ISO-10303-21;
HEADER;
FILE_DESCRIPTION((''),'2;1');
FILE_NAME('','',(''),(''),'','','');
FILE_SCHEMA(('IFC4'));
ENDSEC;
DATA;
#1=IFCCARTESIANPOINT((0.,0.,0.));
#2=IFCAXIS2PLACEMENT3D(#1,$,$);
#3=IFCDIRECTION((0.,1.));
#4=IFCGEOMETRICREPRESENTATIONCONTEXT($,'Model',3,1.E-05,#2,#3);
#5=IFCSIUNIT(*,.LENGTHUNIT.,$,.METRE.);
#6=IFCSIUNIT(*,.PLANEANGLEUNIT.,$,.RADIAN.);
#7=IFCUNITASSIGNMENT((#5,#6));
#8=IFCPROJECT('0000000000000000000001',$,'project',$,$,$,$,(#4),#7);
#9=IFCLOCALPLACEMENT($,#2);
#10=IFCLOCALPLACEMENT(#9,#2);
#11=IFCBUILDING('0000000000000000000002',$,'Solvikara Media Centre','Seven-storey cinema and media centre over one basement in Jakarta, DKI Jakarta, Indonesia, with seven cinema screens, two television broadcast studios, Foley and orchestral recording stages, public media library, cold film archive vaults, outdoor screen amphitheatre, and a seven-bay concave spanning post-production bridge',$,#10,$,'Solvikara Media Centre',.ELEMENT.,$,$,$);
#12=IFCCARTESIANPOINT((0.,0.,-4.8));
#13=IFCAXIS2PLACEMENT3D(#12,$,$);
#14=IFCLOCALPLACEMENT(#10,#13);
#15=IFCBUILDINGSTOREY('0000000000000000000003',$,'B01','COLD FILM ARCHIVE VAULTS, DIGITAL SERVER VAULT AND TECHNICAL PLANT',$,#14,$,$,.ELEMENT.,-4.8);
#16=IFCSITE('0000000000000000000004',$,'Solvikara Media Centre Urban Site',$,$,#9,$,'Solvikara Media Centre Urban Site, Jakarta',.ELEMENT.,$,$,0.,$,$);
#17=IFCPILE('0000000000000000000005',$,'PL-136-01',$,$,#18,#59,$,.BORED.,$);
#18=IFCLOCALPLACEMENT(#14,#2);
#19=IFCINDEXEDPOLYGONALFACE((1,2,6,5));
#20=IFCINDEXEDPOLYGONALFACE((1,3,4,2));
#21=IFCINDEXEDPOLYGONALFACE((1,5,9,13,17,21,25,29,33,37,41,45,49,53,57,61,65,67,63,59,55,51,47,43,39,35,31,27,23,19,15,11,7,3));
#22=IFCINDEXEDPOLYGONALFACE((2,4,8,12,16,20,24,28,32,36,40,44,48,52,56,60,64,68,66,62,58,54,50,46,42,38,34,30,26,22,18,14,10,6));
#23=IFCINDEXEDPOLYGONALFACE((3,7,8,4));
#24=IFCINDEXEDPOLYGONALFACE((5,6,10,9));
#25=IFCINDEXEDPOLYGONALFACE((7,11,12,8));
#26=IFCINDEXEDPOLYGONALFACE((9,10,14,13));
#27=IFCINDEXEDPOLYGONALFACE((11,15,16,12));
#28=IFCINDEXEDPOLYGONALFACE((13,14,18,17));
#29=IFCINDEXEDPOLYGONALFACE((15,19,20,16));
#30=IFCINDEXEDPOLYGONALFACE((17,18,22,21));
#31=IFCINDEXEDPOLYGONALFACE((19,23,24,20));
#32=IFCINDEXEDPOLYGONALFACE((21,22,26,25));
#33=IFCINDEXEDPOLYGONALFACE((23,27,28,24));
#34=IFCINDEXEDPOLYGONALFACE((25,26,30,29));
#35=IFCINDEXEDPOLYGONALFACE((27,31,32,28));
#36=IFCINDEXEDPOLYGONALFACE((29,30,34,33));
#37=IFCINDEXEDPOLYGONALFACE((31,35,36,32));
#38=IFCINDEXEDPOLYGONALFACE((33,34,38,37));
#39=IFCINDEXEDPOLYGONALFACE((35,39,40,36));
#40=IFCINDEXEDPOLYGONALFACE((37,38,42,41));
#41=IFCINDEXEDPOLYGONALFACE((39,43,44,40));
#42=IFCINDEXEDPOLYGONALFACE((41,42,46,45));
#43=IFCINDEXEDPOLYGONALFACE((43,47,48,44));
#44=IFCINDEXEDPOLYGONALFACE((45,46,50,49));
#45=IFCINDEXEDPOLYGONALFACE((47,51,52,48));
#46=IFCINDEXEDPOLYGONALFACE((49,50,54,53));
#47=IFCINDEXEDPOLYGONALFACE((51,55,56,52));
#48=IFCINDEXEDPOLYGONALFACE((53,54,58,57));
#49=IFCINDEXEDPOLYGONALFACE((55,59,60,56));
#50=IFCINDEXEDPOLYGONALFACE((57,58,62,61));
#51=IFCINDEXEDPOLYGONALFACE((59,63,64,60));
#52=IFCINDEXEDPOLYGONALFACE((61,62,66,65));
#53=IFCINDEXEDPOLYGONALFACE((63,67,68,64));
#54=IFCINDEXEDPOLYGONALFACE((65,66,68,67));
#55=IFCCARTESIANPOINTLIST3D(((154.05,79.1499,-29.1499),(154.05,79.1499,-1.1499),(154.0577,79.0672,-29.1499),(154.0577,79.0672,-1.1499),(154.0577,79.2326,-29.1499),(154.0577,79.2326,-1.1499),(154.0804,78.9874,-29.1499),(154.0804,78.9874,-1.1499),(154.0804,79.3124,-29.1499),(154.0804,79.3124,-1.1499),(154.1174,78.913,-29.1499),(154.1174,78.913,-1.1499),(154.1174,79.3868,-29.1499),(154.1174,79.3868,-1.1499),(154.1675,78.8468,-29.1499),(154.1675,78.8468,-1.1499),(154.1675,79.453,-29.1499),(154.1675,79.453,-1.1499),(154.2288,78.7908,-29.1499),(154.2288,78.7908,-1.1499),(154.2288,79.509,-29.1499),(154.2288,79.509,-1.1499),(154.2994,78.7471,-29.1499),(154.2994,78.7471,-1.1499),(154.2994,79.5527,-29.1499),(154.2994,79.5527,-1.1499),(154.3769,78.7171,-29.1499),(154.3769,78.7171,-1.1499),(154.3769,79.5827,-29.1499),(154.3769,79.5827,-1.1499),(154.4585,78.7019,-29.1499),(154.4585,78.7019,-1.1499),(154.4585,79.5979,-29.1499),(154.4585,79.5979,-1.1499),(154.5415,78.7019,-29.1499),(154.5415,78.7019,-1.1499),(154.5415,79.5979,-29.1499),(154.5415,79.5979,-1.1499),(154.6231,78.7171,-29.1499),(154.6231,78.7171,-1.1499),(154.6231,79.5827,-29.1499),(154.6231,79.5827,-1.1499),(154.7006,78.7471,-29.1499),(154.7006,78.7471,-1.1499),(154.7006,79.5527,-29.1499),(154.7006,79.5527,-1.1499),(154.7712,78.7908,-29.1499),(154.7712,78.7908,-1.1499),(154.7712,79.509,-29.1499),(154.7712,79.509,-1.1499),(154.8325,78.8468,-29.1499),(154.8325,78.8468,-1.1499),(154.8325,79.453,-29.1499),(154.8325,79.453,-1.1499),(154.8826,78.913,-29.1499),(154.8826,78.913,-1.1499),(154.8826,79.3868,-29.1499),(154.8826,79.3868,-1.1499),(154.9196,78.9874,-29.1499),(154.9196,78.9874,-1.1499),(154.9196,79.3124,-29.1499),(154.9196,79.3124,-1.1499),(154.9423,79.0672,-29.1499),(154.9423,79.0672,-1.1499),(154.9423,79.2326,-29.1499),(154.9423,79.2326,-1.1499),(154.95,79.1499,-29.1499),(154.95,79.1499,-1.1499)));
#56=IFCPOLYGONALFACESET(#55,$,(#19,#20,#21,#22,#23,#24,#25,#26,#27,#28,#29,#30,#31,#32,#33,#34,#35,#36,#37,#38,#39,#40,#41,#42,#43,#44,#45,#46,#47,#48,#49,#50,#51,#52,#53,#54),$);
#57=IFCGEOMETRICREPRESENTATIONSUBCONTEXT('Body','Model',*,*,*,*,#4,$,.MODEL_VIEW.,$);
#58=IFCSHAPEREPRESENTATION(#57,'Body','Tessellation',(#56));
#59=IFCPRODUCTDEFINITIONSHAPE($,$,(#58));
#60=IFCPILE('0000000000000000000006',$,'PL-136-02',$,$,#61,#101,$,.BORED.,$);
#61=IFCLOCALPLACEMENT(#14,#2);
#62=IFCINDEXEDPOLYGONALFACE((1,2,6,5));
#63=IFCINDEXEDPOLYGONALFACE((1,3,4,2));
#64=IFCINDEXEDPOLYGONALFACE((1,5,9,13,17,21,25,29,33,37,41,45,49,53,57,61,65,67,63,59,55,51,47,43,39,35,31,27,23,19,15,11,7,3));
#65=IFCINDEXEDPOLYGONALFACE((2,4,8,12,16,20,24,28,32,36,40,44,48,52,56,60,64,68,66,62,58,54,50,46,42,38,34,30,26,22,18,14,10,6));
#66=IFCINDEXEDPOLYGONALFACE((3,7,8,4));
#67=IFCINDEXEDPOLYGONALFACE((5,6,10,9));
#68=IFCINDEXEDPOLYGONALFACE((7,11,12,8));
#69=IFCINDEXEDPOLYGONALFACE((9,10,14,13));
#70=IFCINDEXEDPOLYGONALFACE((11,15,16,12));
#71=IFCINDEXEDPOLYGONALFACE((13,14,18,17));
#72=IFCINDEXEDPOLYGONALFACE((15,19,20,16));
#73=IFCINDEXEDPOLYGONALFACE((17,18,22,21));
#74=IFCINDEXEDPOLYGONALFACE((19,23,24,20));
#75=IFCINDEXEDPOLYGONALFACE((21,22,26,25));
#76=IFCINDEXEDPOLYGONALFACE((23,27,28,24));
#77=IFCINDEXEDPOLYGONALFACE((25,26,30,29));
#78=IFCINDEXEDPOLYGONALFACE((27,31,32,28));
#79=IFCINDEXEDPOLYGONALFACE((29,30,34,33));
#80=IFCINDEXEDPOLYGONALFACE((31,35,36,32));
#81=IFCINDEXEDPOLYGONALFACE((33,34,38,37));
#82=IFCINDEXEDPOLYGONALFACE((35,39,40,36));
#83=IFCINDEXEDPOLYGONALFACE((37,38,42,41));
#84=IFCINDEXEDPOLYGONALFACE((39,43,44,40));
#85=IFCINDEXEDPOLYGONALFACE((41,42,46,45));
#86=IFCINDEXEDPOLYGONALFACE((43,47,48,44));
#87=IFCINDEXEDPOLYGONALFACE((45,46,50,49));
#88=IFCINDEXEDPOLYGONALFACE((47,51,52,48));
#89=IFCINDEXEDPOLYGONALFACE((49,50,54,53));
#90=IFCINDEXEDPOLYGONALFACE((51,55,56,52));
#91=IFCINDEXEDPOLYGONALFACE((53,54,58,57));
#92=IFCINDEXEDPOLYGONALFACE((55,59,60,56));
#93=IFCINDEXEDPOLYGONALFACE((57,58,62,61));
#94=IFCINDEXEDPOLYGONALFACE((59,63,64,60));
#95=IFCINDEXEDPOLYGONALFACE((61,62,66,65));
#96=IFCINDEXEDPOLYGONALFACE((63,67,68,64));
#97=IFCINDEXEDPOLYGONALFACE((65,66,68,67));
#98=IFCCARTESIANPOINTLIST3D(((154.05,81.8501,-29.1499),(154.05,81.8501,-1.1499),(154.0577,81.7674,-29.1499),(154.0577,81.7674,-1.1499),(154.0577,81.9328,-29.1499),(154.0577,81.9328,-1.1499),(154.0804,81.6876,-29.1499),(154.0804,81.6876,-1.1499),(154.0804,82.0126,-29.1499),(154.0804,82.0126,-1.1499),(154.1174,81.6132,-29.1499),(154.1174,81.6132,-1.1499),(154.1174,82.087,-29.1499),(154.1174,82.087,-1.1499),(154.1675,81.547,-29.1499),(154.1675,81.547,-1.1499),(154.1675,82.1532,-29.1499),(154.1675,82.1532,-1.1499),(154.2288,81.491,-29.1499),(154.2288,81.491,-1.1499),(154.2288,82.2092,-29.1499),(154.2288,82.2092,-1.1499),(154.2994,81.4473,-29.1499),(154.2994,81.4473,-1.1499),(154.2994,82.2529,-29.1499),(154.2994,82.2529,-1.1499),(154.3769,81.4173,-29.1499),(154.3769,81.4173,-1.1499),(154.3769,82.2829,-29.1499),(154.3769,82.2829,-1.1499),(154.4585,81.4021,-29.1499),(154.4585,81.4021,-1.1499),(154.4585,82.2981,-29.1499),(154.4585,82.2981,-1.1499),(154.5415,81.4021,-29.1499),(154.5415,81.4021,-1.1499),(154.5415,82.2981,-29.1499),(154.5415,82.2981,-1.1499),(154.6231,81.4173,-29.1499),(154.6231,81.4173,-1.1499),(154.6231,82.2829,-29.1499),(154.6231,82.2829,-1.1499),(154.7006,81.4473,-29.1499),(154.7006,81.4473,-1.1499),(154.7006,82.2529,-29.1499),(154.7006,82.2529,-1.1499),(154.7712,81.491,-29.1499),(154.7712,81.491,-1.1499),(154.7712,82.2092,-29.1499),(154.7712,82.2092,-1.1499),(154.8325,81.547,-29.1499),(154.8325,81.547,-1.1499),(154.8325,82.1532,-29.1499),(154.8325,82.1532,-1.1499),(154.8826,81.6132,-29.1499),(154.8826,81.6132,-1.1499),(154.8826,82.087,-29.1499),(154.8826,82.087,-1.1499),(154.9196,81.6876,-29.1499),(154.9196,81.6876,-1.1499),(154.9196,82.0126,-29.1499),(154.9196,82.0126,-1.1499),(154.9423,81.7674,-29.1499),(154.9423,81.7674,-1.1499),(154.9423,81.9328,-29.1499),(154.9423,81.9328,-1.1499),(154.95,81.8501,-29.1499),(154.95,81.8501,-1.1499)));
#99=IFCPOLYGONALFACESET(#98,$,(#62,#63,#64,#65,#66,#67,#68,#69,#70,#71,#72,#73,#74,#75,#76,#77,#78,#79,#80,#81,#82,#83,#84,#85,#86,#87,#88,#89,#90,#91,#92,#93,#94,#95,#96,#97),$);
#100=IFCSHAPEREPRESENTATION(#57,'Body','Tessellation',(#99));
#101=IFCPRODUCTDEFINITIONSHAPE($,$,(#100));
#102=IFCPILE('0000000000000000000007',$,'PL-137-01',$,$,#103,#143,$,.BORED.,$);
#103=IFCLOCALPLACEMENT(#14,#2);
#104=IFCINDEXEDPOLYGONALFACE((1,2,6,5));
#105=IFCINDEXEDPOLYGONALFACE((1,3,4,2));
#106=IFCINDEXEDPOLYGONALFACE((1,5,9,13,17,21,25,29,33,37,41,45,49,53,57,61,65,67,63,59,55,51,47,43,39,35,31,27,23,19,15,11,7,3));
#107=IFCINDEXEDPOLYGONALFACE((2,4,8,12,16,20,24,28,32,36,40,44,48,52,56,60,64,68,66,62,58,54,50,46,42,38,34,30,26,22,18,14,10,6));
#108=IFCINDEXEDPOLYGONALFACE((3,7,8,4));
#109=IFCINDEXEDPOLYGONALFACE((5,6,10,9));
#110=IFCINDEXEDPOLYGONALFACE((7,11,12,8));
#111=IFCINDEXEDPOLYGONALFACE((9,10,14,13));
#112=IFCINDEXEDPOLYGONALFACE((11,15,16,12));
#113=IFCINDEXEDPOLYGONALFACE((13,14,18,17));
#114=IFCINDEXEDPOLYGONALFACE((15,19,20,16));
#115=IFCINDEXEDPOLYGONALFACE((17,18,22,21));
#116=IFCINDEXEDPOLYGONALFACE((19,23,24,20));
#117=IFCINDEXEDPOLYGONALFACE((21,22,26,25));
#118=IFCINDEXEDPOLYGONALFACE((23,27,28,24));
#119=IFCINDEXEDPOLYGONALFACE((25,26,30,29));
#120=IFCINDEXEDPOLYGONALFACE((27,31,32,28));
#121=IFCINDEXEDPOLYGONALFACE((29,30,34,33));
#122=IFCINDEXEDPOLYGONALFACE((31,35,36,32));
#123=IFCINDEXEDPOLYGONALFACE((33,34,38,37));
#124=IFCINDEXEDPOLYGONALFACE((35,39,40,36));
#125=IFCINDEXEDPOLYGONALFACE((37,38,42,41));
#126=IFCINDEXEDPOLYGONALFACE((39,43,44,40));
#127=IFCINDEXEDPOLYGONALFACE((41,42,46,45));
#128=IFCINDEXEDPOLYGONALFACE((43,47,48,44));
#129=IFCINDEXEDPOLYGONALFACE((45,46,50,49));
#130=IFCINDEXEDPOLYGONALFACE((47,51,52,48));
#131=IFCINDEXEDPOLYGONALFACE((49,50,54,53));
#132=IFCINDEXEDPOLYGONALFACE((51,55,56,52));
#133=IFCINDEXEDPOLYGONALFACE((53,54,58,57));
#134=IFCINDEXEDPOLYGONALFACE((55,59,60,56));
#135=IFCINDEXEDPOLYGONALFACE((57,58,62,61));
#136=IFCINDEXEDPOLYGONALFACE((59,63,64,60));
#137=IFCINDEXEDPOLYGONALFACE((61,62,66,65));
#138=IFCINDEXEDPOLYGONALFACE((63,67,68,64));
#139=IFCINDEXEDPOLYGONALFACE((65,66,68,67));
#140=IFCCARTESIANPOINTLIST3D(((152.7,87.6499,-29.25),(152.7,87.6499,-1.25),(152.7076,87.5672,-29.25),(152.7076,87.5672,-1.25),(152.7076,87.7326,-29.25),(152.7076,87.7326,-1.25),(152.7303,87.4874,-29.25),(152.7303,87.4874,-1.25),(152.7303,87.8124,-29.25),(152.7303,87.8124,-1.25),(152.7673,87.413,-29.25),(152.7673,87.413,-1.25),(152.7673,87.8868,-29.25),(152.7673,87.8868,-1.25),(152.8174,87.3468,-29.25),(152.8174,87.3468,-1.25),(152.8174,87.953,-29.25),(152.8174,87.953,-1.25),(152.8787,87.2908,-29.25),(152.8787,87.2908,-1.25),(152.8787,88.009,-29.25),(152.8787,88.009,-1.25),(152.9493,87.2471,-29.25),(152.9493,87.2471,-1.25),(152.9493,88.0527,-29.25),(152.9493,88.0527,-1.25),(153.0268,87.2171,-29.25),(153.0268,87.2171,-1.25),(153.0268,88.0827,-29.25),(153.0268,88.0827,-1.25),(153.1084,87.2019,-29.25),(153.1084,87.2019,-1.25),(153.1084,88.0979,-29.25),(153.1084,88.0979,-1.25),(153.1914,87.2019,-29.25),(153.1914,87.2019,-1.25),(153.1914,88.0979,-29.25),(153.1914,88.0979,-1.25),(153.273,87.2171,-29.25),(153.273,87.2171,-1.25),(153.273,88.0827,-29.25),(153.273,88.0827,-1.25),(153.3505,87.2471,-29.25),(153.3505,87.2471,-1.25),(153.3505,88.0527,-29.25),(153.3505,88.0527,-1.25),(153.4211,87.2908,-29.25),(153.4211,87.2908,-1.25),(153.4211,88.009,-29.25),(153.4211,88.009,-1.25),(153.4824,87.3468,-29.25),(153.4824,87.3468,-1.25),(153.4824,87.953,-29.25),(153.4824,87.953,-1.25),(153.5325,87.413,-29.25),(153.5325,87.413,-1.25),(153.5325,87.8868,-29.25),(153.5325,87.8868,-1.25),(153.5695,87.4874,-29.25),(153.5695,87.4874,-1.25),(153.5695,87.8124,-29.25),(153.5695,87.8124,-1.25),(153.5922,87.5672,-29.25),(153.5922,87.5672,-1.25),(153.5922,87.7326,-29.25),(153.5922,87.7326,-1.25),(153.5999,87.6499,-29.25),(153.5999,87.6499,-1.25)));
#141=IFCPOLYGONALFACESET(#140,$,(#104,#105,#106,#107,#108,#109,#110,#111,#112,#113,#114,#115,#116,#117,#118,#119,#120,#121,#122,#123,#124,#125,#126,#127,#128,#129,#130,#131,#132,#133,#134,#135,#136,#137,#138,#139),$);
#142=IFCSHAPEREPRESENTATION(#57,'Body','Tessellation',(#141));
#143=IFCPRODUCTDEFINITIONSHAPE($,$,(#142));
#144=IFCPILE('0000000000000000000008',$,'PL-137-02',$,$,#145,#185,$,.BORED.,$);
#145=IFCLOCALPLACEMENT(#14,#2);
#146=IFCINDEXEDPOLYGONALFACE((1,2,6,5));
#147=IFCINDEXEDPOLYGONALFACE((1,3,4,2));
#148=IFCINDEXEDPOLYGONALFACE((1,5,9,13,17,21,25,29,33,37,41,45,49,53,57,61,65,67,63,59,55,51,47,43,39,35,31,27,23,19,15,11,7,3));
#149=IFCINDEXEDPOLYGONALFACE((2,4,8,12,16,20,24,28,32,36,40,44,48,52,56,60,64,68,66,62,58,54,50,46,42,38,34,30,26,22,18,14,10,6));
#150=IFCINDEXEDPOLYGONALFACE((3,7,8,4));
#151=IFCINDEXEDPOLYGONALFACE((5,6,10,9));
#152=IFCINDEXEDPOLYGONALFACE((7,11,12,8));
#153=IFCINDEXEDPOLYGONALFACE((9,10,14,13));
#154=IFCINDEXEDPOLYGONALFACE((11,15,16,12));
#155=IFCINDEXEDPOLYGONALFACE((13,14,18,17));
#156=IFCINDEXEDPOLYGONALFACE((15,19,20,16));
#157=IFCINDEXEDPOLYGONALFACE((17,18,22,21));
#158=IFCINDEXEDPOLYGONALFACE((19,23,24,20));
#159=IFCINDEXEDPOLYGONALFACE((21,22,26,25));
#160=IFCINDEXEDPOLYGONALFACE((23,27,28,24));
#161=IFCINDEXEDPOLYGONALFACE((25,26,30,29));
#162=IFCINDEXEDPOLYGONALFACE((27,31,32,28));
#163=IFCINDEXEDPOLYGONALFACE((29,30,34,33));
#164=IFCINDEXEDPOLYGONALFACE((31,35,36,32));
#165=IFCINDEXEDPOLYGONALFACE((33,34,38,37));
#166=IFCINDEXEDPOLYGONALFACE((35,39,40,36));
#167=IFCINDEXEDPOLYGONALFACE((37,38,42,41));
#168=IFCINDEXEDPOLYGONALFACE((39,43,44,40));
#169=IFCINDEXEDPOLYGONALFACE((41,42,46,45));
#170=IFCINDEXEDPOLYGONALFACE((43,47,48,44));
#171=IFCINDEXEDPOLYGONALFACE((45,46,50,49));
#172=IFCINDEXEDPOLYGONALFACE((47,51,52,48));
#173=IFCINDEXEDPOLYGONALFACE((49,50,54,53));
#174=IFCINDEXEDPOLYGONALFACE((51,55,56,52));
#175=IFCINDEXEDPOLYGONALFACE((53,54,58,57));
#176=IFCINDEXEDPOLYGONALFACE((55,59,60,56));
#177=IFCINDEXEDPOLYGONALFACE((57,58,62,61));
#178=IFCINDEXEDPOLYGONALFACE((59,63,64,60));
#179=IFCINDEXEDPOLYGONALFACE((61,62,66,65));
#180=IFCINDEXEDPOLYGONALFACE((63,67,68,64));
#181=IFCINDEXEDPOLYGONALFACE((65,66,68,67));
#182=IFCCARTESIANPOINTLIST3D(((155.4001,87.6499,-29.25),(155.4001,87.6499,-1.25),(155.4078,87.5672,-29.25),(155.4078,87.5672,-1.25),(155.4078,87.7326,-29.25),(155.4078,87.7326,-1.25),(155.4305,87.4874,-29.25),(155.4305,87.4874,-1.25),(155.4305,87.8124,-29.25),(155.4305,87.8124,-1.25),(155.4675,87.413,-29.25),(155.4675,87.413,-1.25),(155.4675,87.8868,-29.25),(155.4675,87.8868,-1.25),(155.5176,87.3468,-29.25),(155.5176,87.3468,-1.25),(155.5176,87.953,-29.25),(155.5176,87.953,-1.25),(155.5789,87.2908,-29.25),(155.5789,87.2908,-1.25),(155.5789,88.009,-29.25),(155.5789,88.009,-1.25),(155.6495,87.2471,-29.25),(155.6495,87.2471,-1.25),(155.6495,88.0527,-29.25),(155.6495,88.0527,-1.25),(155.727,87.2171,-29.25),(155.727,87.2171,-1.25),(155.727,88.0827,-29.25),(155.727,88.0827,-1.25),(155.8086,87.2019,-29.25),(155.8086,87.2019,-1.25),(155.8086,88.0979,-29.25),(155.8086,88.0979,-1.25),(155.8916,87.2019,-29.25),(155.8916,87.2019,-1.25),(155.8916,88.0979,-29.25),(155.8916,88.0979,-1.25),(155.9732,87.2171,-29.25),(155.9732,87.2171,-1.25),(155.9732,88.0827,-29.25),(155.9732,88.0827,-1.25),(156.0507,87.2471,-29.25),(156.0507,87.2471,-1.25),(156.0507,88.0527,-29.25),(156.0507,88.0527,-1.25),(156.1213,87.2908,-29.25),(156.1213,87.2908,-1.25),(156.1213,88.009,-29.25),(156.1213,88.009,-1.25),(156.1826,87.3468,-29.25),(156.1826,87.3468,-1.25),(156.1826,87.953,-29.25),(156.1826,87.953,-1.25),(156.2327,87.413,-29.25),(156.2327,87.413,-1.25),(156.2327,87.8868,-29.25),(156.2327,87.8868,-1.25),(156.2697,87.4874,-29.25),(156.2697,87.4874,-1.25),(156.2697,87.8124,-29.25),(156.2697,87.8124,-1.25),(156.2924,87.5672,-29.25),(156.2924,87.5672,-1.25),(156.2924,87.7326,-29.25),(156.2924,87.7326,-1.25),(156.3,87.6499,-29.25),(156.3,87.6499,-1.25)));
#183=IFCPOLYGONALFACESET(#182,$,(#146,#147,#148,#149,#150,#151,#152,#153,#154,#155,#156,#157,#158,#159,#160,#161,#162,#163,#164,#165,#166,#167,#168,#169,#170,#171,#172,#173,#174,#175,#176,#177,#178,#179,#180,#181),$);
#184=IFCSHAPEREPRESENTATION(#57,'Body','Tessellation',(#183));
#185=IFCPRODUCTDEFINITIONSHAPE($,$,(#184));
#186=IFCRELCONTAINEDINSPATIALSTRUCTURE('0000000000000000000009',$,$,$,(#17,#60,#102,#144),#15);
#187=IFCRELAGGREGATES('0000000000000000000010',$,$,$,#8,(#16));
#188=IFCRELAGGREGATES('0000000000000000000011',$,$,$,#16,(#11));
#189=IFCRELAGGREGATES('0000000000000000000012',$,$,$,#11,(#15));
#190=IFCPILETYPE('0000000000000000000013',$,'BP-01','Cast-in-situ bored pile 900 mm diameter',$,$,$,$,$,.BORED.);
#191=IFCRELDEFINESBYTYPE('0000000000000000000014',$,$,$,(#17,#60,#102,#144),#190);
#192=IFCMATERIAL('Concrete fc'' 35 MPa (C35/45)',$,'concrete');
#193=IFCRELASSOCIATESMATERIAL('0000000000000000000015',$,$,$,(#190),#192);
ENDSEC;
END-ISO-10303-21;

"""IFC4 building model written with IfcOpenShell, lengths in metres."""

from ifc_helpers import new_model, si_unit, direction, frame, origin, origin_2d, place, context, subcontext, project, spatial, circle, extrude, material, material_profile, profile_set, type_object, element, save


model = new_model("IFC4")

# Units and contexts
model_context = context("Model", 3, precision=1e-05, world=origin(), true_north=direction((0.0, 1.0)))
body_context = subcontext(model_context, "Body", "Model", "MODEL_VIEW")
ifc_project = project(units=[si_unit("LENGTHUNIT", "METRE"), si_unit("PLANEANGLEUNIT", "RADIAN")], contexts=[model_context])

# Site, building, storey
site_placement = place(None, origin())
site = spatial("IfcSite", under=ifc_project, at=site_placement, Name="Solvikara Media Centre Urban Site", LongName="Solvikara Media Centre Urban Site, Jakarta", CompositionType="ELEMENT", RefElevation=0.0)
building_placement = place(site_placement, origin())
building = spatial("IfcBuilding", under=site, at=building_placement, Name="Solvikara Media Centre", Description="Seven-storey cinema and media centre over one basement in Jakarta, DKI Jakarta, Indonesia, with seven cinema screens, two television broadcast studios, Foley and orchestral recording stages, public media library, cold film archive vaults, outdoor screen amphitheatre, and a seven-bay concave spanning post-production bridge", LongName="Solvikara Media Centre", CompositionType="ELEMENT")
storey_placement = place(building_placement, frame((0.0, 0.0, -4.8)))
storey = spatial("IfcBuildingStorey", under=building, at=storey_placement, Name="B01", Description="COLD FILM ARCHIVE VAULTS, DIGITAL SERVER VAULT AND TECHNICAL PLANT", CompositionType="ELEMENT", Elevation=-4.8)

# Piles
ifc_material_1 = material(Name="Concrete fc' 35 MPa (C35/45)", Category="concrete")
ifc_material_profile_1 = material_profile(ifc_material_1, circle(Radius=0.45, at=origin_2d()), Name="BORED PILE D900")
ifc_profile_set_1 = profile_set([ifc_material_profile_1], Name="Concrete fc' 35 MPa (C35/45)")
pile_type_1 = type_object("IfcPileType", Name="BP-01", Description="Cast-in-situ bored pile 900 mm diameter", PredefinedType="BORED", material=ifc_profile_set_1)
for number, where, z_axis, x_axis, name in (
    (1, (154.5, 79.1499, -1.1499), (0.0, 0.0, -1.0), (1.0, 0.0, 0.0), "PL-136-01"),
    (2, (154.5, 81.8501, -1.1499), (0.0, 0.0, -1.0), (1.0, 0.0, 0.0), "PL-136-02"),
    (3, (153.1499, 87.6499, -1.25), (0.0, 0.0, -1.0), (1.0, 0.0, 0.0), "PL-137-01"),
    (4, (155.8501, 87.6499, -1.25), (0.0, 0.0, -1.0), (1.0, 0.0, 0.0), "PL-137-02"),
):
    element("IfcPile", number, at=place(storey_placement, frame(where, z_axis=z_axis, x_axis=x_axis)), inside=storey, type_object=pile_type_1, Name=name, PredefinedType="BORED", context=body_context, shape_type="SweptSolid", body=[
        extrude(circle(Radius=0.45, at=origin_2d()), origin(), (0.0, 0.0, 1.0), 28.0),
    ])

save(model, "model.ifc")
